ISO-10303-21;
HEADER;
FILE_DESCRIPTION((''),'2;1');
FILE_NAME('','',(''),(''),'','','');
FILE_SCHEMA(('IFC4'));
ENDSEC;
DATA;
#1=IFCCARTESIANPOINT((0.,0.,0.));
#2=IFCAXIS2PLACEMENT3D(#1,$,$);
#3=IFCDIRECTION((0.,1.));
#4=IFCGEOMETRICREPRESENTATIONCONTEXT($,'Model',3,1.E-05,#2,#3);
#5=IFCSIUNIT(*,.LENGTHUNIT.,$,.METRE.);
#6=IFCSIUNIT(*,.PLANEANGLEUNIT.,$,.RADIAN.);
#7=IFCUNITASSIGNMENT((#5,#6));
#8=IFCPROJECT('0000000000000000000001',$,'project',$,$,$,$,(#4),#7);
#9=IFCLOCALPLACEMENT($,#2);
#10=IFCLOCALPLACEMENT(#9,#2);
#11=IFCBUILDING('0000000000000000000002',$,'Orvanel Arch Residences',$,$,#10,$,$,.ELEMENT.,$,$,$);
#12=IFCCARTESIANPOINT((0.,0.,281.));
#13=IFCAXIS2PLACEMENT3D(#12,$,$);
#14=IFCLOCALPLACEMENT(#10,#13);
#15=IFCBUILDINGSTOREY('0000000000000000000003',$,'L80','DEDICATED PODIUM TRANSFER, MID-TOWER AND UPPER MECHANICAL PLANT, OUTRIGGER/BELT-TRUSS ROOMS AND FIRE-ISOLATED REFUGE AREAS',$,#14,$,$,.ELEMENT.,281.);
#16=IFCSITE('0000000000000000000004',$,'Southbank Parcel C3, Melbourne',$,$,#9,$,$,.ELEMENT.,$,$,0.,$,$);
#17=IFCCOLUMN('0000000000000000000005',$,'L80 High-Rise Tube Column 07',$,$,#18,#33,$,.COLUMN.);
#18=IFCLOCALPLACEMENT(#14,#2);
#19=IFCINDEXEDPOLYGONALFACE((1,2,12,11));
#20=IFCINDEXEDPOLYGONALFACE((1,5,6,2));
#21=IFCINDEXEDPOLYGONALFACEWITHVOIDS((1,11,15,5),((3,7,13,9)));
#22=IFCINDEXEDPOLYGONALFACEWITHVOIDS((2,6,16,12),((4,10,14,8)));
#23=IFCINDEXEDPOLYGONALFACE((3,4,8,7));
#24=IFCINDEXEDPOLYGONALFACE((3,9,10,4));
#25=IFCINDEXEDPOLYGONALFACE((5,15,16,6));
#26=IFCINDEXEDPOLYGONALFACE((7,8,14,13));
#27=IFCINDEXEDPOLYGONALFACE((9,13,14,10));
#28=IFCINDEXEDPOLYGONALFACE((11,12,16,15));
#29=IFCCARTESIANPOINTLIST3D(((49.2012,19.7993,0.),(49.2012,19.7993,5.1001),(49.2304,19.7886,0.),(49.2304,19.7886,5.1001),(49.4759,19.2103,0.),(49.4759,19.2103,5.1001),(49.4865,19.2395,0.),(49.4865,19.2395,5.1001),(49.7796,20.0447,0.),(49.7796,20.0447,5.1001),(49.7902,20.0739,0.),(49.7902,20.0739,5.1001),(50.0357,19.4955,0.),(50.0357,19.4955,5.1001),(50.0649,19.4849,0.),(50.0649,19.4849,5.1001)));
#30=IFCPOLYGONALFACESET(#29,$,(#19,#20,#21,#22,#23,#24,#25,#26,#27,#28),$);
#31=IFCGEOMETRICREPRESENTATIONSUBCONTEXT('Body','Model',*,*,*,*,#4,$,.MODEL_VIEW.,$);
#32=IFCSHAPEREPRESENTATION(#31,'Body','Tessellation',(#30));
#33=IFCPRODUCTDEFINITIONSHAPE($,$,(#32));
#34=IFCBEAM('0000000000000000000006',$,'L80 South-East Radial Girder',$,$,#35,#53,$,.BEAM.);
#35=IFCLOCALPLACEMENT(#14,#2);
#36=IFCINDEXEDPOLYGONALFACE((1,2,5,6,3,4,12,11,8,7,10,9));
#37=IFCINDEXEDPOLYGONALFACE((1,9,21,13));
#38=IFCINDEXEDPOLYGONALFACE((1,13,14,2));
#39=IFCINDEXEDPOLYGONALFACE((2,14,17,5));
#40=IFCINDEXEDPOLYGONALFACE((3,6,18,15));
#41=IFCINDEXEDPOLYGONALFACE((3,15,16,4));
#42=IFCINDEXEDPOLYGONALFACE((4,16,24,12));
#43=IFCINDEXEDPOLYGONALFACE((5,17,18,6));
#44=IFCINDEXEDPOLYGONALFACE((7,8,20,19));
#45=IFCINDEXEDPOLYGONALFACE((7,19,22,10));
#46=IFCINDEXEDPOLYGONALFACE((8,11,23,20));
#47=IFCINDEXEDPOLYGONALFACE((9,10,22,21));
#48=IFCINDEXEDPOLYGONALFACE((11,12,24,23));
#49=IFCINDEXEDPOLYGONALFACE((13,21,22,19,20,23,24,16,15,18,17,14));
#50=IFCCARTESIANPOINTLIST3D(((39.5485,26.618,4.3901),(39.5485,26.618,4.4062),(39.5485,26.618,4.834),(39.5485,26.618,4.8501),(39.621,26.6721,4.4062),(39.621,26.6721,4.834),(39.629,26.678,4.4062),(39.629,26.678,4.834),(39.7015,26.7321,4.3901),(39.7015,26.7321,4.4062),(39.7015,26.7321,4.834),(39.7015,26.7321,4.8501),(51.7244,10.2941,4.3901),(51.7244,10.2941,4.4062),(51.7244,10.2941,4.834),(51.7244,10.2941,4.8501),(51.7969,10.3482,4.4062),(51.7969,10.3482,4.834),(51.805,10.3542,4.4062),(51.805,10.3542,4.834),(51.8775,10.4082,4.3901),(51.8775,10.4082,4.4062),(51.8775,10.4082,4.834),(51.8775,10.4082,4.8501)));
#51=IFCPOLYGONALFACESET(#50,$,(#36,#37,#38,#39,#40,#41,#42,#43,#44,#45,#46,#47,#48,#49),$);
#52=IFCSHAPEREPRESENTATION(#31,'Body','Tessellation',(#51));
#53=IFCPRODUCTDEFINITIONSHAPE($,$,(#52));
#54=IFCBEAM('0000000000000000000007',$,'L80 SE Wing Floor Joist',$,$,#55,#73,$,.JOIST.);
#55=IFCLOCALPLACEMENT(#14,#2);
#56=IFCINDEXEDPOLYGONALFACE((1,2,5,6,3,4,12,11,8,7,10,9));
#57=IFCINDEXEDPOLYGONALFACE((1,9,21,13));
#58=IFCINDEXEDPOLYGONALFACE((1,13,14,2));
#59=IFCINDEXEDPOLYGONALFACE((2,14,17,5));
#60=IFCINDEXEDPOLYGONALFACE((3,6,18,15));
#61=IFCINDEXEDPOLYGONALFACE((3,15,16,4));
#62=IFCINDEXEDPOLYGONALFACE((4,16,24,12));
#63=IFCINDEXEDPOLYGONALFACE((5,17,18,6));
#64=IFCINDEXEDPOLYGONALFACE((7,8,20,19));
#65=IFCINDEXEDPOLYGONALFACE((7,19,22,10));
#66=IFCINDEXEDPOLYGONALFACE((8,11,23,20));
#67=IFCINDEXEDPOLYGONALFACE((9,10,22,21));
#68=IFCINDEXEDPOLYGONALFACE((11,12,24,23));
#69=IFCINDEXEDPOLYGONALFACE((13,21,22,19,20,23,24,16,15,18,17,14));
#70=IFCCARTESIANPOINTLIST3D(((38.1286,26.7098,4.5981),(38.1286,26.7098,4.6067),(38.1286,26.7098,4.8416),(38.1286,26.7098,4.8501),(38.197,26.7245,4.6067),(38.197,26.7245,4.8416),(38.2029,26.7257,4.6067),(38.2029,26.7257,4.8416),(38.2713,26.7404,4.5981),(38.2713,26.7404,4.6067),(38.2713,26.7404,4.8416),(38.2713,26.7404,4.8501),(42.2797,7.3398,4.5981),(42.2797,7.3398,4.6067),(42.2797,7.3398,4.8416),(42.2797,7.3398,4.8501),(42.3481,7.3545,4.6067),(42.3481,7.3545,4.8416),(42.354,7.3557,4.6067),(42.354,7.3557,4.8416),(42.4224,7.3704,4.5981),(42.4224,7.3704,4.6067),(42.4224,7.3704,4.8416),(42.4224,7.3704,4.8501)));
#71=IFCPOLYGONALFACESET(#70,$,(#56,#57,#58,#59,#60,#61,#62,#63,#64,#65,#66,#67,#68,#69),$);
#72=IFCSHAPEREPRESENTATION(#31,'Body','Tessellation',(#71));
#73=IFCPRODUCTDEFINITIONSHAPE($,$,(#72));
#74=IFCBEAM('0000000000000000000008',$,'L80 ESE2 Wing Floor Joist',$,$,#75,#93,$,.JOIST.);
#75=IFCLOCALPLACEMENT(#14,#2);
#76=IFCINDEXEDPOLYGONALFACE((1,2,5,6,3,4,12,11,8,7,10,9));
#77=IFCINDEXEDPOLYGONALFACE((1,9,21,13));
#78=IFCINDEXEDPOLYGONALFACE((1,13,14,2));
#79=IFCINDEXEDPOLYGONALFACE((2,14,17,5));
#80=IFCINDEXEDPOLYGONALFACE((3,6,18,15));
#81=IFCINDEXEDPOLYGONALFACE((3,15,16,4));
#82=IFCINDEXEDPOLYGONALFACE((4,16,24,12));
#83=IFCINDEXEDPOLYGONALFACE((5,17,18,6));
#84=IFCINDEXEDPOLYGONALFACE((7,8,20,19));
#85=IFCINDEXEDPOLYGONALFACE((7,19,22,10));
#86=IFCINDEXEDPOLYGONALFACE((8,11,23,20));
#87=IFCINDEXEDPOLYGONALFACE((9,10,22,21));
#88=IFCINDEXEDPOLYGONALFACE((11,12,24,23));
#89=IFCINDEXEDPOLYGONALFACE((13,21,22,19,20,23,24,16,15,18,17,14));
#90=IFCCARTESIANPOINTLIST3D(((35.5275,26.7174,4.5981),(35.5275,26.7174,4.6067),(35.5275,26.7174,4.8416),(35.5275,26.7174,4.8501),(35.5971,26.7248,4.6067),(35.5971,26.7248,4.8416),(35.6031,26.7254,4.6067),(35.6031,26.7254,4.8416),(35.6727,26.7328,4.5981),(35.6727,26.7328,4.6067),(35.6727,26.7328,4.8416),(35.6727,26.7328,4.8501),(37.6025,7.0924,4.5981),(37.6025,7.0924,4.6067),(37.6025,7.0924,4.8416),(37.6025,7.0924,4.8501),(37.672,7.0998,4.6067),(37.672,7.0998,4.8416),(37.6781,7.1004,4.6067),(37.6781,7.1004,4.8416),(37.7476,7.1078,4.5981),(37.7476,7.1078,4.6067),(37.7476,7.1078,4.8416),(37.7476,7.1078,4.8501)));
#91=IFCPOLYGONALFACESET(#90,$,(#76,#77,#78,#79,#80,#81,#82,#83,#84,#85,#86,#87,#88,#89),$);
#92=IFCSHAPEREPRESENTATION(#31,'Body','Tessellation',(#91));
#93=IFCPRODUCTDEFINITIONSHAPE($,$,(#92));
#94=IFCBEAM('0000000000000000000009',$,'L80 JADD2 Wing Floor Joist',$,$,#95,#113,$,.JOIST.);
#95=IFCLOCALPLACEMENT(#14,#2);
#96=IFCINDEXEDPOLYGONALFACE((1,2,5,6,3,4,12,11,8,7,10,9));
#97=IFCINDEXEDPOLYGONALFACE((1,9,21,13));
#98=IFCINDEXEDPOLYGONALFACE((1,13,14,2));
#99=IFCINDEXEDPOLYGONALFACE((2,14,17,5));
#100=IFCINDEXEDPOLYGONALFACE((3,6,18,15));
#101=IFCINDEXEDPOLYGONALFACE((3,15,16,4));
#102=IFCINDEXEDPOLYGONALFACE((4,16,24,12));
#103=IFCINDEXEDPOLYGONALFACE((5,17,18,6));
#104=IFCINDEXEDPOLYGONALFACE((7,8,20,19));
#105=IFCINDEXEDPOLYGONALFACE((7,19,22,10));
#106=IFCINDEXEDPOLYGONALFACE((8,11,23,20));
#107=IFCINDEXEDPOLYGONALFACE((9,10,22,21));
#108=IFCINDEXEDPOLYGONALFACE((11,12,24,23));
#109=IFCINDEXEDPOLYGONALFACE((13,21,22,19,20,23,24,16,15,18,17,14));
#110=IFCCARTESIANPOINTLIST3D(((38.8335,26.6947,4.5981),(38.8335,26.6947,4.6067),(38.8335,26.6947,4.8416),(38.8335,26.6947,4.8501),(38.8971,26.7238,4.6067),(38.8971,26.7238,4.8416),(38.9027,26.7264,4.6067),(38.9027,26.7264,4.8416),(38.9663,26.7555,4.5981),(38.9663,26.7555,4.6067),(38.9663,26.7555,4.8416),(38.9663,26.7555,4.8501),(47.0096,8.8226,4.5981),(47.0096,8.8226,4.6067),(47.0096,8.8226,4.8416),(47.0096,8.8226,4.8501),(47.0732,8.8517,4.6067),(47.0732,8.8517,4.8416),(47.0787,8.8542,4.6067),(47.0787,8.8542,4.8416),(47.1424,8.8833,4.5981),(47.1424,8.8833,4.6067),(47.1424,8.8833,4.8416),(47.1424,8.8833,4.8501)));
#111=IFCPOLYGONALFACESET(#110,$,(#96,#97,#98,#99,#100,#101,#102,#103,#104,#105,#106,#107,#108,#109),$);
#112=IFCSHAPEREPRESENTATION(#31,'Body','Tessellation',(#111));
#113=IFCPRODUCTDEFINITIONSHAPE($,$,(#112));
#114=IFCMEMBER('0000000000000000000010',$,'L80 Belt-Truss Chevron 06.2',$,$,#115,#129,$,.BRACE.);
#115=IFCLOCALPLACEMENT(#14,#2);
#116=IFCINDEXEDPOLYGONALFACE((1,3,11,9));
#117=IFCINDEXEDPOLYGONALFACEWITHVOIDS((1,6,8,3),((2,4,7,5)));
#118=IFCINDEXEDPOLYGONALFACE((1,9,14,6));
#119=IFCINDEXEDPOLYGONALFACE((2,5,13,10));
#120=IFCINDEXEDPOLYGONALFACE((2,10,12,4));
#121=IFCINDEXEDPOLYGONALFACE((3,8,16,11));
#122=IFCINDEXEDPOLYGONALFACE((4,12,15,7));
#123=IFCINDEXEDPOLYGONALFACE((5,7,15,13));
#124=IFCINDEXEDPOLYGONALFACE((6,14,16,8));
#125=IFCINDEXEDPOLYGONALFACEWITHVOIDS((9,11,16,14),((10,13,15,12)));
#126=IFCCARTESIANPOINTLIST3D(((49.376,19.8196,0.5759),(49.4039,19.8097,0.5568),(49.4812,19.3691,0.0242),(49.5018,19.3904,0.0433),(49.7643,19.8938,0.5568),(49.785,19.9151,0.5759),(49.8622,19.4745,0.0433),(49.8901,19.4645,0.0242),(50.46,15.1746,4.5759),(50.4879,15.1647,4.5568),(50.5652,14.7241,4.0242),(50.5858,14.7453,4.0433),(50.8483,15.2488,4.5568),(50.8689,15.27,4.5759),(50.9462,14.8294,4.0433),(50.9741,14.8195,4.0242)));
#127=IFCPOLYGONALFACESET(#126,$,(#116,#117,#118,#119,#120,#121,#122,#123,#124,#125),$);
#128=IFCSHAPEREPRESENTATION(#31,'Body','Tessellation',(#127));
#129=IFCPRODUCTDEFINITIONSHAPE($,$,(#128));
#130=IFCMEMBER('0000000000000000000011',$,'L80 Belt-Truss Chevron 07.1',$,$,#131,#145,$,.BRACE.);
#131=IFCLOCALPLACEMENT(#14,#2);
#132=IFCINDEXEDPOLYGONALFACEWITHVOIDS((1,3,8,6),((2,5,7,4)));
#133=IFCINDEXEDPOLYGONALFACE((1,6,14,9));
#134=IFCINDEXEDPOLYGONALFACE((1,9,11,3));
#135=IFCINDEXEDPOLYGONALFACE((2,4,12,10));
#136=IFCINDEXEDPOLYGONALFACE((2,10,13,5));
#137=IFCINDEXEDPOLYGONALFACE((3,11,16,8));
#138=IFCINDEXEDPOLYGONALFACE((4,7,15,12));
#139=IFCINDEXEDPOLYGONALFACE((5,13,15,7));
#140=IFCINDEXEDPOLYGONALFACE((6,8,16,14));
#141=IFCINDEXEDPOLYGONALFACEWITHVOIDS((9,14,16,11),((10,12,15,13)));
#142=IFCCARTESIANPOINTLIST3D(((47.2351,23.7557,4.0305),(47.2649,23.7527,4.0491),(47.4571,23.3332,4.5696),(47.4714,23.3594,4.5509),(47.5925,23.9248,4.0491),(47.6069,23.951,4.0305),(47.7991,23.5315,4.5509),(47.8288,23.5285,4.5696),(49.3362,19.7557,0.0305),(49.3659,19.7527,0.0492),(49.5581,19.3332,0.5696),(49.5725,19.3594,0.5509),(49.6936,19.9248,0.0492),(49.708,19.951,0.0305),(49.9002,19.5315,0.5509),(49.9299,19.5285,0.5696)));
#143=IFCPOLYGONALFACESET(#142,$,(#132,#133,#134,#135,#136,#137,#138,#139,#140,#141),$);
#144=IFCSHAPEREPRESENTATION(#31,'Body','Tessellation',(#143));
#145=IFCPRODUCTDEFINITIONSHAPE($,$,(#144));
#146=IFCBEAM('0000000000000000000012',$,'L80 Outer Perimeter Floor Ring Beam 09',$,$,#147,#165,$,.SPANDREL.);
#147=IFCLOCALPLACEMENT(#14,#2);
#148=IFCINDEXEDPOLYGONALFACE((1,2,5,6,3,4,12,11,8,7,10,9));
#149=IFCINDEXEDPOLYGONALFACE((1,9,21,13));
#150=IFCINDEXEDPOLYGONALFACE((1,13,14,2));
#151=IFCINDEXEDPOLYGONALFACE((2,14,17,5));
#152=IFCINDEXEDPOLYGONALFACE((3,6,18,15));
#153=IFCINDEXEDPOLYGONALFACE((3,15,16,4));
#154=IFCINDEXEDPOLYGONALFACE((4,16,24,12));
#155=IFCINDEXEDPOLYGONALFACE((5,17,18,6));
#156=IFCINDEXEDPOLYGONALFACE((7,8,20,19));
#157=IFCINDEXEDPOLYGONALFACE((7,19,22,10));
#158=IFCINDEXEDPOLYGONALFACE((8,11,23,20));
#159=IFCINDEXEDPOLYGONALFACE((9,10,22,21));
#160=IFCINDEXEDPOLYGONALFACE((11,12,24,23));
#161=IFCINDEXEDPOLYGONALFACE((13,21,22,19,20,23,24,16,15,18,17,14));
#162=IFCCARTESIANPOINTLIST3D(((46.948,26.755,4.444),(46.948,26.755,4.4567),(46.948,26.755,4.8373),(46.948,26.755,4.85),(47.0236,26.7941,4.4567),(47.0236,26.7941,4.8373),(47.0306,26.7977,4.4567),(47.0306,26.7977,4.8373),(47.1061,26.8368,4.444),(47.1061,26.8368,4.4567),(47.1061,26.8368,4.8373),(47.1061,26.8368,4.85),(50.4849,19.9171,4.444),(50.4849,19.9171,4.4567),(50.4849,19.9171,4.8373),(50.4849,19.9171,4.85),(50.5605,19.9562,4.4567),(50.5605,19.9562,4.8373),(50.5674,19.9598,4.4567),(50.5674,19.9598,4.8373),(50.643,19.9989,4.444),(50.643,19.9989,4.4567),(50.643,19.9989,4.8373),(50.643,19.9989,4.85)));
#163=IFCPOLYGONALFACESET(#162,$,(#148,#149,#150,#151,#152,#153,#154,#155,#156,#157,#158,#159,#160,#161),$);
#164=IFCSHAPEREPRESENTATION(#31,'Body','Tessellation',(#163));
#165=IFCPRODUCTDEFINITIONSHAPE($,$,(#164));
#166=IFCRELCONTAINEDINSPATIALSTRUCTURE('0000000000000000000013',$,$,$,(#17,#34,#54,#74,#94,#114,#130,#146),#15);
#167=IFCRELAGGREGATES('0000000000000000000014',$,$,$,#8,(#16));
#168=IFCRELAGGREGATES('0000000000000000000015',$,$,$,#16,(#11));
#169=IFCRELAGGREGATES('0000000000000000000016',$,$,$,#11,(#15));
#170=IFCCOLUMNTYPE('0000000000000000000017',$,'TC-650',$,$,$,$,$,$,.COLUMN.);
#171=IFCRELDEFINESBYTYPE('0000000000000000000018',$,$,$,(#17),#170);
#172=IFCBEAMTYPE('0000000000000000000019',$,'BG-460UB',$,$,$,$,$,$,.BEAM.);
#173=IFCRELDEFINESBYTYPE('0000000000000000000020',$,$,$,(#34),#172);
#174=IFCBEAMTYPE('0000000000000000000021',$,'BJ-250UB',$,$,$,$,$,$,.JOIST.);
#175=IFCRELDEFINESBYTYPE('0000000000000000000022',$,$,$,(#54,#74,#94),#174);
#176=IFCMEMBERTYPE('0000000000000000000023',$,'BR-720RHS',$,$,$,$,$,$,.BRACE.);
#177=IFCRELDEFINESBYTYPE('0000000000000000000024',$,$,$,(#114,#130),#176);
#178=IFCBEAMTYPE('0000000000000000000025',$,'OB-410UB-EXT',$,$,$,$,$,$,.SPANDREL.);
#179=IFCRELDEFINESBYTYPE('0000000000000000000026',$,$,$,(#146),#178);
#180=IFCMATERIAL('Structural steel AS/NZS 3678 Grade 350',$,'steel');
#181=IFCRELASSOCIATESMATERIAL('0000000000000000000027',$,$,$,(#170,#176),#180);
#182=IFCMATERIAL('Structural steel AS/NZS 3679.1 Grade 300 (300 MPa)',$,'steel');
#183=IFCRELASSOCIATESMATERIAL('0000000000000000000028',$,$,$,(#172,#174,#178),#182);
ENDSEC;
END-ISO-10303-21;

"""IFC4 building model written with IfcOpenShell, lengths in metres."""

from ifc_helpers import new_model, si_unit, direction, frame, origin, origin_2d, place, context, subcontext, project, spatial, hollow_rectangle, i_section, extrude, material, material_profile, profile_set, type_object, element, save


model = new_model("IFC4")

# Units and contexts
model_context = context("Model", 3, precision=1e-05, world=origin(), true_north=direction((0.0, 1.0)))
body_context = subcontext(model_context, "Body", "Model", "MODEL_VIEW")
ifc_project = project(units=[si_unit("LENGTHUNIT", "METRE"), si_unit("PLANEANGLEUNIT", "RADIAN")], contexts=[model_context])

# Site, building, storey
site_placement = place(None, origin())
site = spatial("IfcSite", under=ifc_project, at=site_placement, Name="Southbank Parcel C3, Melbourne", CompositionType="ELEMENT", RefElevation=0.0)
building_placement = place(site_placement, origin())
building = spatial("IfcBuilding", under=site, at=building_placement, Name="Orvanel Arch Residences", CompositionType="ELEMENT")
storey_placement = place(building_placement, frame((0.0, 0.0, 281.0)))
storey = spatial("IfcBuildingStorey", under=building, at=storey_placement, Name="L80", Description="DEDICATED PODIUM TRANSFER, MID-TOWER AND UPPER MECHANICAL PLANT, OUTRIGGER/BELT-TRUSS ROOMS AND FIRE-ISOLATED REFUGE AREAS", CompositionType="ELEMENT", Elevation=281.0)

# Column
ifc_material_1 = material(Name="Structural steel AS/NZS 3678 Grade 350", Category="steel")
ifc_material_profile_1 = material_profile(ifc_material_1, hollow_rectangle(XDim=0.6499, YDim=0.6499, WallThickness=0.022, at=origin_2d()), Name="BOX650x650x22")
ifc_profile_set_1 = profile_set([ifc_material_profile_1], Name="Structural steel AS/NZS 3678 Grade 350")
column_type = type_object("IfcColumnType", Name="TC-650", PredefinedType="COLUMN", material=ifc_profile_set_1)
column_placement = place(storey_placement, frame((49.6331, 19.6421, 0.0), z_axis=(0.0, 0.0, 1.0), x_axis=(-0.422618, 0.906308, 0.0)))
element("IfcColumn", 1, at=column_placement, inside=storey, type_object=column_type, Name="L80 High-Rise Tube Column 07", PredefinedType="COLUMN", context=body_context, shape_type="SweptSolid", body=[
    extrude(hollow_rectangle(XDim=0.6499, YDim=0.6499, WallThickness=0.022, at=origin_2d()), origin(), (0.0, 0.0, 1.0), 5.1001),
])

# Beams
ifc_material_2 = material(Name="Structural steel AS/NZS 3679.1 Grade 300 (300 MPa)", Category="steel")
ifc_material_profile_2 = material_profile(ifc_material_2, i_section(OverallWidth=0.1909, OverallDepth=0.46, WebThickness=0.01, FlangeThickness=0.0161, at=origin_2d()), Name="460UB82.1")
ifc_profile_set_2 = profile_set([ifc_material_profile_2], Name="Structural steel AS/NZS 3679.1 Grade 300 (300 MPa)")
beam_type_1 = type_object("IfcBeamType", Name="BG-460UB", PredefinedType="BEAM", material=ifc_profile_set_2)
beam_1_placement = place(storey_placement, frame((39.625, 26.675, 4.6201), z_axis=(0.597894, -0.801575, 0.0), x_axis=(0.801575, 0.597894, 0.0)))
element("IfcBeam", 2, at=beam_1_placement, inside=storey, type_object=beam_type_1, Name="L80 South-East Radial Girder", PredefinedType="BEAM", context=body_context, shape_type="SweptSolid", body=[
    extrude(i_section(OverallWidth=0.1909, OverallDepth=0.46, WebThickness=0.01, FlangeThickness=0.0161, at=origin_2d()), origin(), (0.0, 0.0, 1.0), 20.3647),
])
ifc_material_profile_3 = material_profile(ifc_material_2, i_section(OverallWidth=0.146, OverallDepth=0.252, WebThickness=0.0061, FlangeThickness=0.0085, at=origin_2d()), Name="250UB31.4")
ifc_profile_set_3 = profile_set([ifc_material_profile_3], Name="Structural steel AS/NZS 3679.1 Grade 300 (300 MPa)")
beam_type_2 = type_object("IfcBeamType", Name="BJ-250UB", PredefinedType="JOIST", material=ifc_profile_set_3)
beam_2_placement = place(storey_placement, frame((38.2, 26.7251, 4.7241), z_axis=(0.209548, -0.977798, 0.0), x_axis=(0.977798, 0.209548, 0.0)))
element("IfcBeam", 3, at=beam_2_placement, inside=storey, type_object=beam_type_2, Name="L80 SE Wing Floor Joist", PredefinedType="JOIST", context=body_context, shape_type="SweptSolid", body=[
    extrude(i_section(OverallWidth=0.146, OverallDepth=0.252, WebThickness=0.0061, FlangeThickness=0.0085, at=origin_2d()), origin(), (0.0, 0.0, 1.0), 19.8098),
])
beam_3_placement = place(storey_placement, frame((35.6001, 26.7251, 4.7241), z_axis=(0.105144, -0.994457, 0.0), x_axis=(0.994457, 0.105144, 0.0)))
element("IfcBeam", 4, at=beam_3_placement, inside=storey, type_object=beam_type_2, Name="L80 ESE2 Wing Floor Joist", PredefinedType="JOIST", context=body_context, shape_type="SweptSolid", body=[
    extrude(i_section(OverallWidth=0.146, OverallDepth=0.252, WebThickness=0.0061, FlangeThickness=0.0085, at=origin_2d()), origin(), (0.0, 0.0, 1.0), 19.7344),
])
beam_4_placement = place(storey_placement, frame((38.8999, 26.7251, 4.7241), z_axis=(0.41601, -0.90936, 0.0), x_axis=(0.90936, 0.41601, 0.0)))
element("IfcBeam", 5, at=beam_4_placement, inside=storey, type_object=beam_type_2, Name="L80 JADD2 Wing Floor Joist", PredefinedType="JOIST", context=body_context, shape_type="SweptSolid", body=[
    extrude(i_section(OverallWidth=0.146, OverallDepth=0.252, WebThickness=0.0061, FlangeThickness=0.0085, at=origin_2d()), origin(), (0.0, 0.0, 1.0), 19.6536),
])

# Members
ifc_material_profile_4 = material_profile(ifc_material_1, hollow_rectangle(XDim=0.4199, YDim=0.72, WallThickness=0.0249, at=origin_2d()), Name="RHS720x420x25")
ifc_profile_set_4 = profile_set([ifc_material_profile_4], Name="Structural steel AS/NZS 3678 Grade 350")
member_type_1 = type_object("IfcMemberType", Name="BR-720RHS", PredefinedType="BRACE", material=ifc_profile_set_4)
member_1_placement = place(storey_placement, frame((49.6331, 19.6421, 0.3), z_axis=(0.174133, -0.746182, 0.642565), x_axis=(0.973834, 0.227259, 0.0)))
element("IfcMember", 6, at=member_1_placement, inside=storey, type_object=member_type_1, Name="L80 Belt-Truss Chevron 06.2", PredefinedType="BRACE", context=body_context, shape_type="SweptSolid", body=[
    extrude(hollow_rectangle(XDim=0.4199, YDim=0.72, WallThickness=0.0249, at=origin_2d()), origin(), (0.0, 0.0, 1.0), 6.2251),
])
member_2_placement = place(storey_placement, frame((49.6331, 19.6421, 0.3), z_axis=(-0.34818, 0.662861, 0.662861), x_axis=(-0.8853, -0.46502, 0.0)))
element("IfcMember", 7, at=member_2_placement, inside=storey, type_object=member_type_1, Name="L80 Belt-Truss Chevron 07.1", PredefinedType="BRACE", context=body_context, shape_type="SweptSolid", body=[
    extrude(hollow_rectangle(XDim=0.4199, YDim=0.72, WallThickness=0.0249, at=origin_2d()), origin(), (0.0, 0.0, 1.0), 6.0344),
])

# Beam
ifc_material_profile_5 = material_profile(ifc_material_2, i_section(OverallWidth=0.178, OverallDepth=0.406, WebThickness=0.0078, FlangeThickness=0.0127, at=origin_2d()), Name="410UB59.7")
ifc_profile_set_5 = profile_set([ifc_material_profile_5], Name="Structural steel AS/NZS 3679.1 Grade 300 (300 MPa)")
beam_type_3 = type_object("IfcBeamType", Name="OB-410UB-EXT", PredefinedType="SPANDREL", material=ifc_profile_set_5)
beam_5_placement = place(storey_placement, frame((50.564, 19.958, 4.647), z_axis=(-0.459426, 0.888216, 0.0), x_axis=(-0.888216, -0.459426, 0.0)))
element("IfcBeam", 8, at=beam_5_placement, inside=storey, type_object=beam_type_3, Name="L80 Outer Perimeter Floor Ring Beam 09", PredefinedType="SPANDREL", context=body_context, shape_type="SweptSolid", body=[
    extrude(i_section(OverallWidth=0.178, OverallDepth=0.406, WebThickness=0.0078, FlangeThickness=0.0127, at=origin_2d()), origin(), (0.0, 0.0, 1.0), 7.6985),
])

save(model, "model.ifc")
